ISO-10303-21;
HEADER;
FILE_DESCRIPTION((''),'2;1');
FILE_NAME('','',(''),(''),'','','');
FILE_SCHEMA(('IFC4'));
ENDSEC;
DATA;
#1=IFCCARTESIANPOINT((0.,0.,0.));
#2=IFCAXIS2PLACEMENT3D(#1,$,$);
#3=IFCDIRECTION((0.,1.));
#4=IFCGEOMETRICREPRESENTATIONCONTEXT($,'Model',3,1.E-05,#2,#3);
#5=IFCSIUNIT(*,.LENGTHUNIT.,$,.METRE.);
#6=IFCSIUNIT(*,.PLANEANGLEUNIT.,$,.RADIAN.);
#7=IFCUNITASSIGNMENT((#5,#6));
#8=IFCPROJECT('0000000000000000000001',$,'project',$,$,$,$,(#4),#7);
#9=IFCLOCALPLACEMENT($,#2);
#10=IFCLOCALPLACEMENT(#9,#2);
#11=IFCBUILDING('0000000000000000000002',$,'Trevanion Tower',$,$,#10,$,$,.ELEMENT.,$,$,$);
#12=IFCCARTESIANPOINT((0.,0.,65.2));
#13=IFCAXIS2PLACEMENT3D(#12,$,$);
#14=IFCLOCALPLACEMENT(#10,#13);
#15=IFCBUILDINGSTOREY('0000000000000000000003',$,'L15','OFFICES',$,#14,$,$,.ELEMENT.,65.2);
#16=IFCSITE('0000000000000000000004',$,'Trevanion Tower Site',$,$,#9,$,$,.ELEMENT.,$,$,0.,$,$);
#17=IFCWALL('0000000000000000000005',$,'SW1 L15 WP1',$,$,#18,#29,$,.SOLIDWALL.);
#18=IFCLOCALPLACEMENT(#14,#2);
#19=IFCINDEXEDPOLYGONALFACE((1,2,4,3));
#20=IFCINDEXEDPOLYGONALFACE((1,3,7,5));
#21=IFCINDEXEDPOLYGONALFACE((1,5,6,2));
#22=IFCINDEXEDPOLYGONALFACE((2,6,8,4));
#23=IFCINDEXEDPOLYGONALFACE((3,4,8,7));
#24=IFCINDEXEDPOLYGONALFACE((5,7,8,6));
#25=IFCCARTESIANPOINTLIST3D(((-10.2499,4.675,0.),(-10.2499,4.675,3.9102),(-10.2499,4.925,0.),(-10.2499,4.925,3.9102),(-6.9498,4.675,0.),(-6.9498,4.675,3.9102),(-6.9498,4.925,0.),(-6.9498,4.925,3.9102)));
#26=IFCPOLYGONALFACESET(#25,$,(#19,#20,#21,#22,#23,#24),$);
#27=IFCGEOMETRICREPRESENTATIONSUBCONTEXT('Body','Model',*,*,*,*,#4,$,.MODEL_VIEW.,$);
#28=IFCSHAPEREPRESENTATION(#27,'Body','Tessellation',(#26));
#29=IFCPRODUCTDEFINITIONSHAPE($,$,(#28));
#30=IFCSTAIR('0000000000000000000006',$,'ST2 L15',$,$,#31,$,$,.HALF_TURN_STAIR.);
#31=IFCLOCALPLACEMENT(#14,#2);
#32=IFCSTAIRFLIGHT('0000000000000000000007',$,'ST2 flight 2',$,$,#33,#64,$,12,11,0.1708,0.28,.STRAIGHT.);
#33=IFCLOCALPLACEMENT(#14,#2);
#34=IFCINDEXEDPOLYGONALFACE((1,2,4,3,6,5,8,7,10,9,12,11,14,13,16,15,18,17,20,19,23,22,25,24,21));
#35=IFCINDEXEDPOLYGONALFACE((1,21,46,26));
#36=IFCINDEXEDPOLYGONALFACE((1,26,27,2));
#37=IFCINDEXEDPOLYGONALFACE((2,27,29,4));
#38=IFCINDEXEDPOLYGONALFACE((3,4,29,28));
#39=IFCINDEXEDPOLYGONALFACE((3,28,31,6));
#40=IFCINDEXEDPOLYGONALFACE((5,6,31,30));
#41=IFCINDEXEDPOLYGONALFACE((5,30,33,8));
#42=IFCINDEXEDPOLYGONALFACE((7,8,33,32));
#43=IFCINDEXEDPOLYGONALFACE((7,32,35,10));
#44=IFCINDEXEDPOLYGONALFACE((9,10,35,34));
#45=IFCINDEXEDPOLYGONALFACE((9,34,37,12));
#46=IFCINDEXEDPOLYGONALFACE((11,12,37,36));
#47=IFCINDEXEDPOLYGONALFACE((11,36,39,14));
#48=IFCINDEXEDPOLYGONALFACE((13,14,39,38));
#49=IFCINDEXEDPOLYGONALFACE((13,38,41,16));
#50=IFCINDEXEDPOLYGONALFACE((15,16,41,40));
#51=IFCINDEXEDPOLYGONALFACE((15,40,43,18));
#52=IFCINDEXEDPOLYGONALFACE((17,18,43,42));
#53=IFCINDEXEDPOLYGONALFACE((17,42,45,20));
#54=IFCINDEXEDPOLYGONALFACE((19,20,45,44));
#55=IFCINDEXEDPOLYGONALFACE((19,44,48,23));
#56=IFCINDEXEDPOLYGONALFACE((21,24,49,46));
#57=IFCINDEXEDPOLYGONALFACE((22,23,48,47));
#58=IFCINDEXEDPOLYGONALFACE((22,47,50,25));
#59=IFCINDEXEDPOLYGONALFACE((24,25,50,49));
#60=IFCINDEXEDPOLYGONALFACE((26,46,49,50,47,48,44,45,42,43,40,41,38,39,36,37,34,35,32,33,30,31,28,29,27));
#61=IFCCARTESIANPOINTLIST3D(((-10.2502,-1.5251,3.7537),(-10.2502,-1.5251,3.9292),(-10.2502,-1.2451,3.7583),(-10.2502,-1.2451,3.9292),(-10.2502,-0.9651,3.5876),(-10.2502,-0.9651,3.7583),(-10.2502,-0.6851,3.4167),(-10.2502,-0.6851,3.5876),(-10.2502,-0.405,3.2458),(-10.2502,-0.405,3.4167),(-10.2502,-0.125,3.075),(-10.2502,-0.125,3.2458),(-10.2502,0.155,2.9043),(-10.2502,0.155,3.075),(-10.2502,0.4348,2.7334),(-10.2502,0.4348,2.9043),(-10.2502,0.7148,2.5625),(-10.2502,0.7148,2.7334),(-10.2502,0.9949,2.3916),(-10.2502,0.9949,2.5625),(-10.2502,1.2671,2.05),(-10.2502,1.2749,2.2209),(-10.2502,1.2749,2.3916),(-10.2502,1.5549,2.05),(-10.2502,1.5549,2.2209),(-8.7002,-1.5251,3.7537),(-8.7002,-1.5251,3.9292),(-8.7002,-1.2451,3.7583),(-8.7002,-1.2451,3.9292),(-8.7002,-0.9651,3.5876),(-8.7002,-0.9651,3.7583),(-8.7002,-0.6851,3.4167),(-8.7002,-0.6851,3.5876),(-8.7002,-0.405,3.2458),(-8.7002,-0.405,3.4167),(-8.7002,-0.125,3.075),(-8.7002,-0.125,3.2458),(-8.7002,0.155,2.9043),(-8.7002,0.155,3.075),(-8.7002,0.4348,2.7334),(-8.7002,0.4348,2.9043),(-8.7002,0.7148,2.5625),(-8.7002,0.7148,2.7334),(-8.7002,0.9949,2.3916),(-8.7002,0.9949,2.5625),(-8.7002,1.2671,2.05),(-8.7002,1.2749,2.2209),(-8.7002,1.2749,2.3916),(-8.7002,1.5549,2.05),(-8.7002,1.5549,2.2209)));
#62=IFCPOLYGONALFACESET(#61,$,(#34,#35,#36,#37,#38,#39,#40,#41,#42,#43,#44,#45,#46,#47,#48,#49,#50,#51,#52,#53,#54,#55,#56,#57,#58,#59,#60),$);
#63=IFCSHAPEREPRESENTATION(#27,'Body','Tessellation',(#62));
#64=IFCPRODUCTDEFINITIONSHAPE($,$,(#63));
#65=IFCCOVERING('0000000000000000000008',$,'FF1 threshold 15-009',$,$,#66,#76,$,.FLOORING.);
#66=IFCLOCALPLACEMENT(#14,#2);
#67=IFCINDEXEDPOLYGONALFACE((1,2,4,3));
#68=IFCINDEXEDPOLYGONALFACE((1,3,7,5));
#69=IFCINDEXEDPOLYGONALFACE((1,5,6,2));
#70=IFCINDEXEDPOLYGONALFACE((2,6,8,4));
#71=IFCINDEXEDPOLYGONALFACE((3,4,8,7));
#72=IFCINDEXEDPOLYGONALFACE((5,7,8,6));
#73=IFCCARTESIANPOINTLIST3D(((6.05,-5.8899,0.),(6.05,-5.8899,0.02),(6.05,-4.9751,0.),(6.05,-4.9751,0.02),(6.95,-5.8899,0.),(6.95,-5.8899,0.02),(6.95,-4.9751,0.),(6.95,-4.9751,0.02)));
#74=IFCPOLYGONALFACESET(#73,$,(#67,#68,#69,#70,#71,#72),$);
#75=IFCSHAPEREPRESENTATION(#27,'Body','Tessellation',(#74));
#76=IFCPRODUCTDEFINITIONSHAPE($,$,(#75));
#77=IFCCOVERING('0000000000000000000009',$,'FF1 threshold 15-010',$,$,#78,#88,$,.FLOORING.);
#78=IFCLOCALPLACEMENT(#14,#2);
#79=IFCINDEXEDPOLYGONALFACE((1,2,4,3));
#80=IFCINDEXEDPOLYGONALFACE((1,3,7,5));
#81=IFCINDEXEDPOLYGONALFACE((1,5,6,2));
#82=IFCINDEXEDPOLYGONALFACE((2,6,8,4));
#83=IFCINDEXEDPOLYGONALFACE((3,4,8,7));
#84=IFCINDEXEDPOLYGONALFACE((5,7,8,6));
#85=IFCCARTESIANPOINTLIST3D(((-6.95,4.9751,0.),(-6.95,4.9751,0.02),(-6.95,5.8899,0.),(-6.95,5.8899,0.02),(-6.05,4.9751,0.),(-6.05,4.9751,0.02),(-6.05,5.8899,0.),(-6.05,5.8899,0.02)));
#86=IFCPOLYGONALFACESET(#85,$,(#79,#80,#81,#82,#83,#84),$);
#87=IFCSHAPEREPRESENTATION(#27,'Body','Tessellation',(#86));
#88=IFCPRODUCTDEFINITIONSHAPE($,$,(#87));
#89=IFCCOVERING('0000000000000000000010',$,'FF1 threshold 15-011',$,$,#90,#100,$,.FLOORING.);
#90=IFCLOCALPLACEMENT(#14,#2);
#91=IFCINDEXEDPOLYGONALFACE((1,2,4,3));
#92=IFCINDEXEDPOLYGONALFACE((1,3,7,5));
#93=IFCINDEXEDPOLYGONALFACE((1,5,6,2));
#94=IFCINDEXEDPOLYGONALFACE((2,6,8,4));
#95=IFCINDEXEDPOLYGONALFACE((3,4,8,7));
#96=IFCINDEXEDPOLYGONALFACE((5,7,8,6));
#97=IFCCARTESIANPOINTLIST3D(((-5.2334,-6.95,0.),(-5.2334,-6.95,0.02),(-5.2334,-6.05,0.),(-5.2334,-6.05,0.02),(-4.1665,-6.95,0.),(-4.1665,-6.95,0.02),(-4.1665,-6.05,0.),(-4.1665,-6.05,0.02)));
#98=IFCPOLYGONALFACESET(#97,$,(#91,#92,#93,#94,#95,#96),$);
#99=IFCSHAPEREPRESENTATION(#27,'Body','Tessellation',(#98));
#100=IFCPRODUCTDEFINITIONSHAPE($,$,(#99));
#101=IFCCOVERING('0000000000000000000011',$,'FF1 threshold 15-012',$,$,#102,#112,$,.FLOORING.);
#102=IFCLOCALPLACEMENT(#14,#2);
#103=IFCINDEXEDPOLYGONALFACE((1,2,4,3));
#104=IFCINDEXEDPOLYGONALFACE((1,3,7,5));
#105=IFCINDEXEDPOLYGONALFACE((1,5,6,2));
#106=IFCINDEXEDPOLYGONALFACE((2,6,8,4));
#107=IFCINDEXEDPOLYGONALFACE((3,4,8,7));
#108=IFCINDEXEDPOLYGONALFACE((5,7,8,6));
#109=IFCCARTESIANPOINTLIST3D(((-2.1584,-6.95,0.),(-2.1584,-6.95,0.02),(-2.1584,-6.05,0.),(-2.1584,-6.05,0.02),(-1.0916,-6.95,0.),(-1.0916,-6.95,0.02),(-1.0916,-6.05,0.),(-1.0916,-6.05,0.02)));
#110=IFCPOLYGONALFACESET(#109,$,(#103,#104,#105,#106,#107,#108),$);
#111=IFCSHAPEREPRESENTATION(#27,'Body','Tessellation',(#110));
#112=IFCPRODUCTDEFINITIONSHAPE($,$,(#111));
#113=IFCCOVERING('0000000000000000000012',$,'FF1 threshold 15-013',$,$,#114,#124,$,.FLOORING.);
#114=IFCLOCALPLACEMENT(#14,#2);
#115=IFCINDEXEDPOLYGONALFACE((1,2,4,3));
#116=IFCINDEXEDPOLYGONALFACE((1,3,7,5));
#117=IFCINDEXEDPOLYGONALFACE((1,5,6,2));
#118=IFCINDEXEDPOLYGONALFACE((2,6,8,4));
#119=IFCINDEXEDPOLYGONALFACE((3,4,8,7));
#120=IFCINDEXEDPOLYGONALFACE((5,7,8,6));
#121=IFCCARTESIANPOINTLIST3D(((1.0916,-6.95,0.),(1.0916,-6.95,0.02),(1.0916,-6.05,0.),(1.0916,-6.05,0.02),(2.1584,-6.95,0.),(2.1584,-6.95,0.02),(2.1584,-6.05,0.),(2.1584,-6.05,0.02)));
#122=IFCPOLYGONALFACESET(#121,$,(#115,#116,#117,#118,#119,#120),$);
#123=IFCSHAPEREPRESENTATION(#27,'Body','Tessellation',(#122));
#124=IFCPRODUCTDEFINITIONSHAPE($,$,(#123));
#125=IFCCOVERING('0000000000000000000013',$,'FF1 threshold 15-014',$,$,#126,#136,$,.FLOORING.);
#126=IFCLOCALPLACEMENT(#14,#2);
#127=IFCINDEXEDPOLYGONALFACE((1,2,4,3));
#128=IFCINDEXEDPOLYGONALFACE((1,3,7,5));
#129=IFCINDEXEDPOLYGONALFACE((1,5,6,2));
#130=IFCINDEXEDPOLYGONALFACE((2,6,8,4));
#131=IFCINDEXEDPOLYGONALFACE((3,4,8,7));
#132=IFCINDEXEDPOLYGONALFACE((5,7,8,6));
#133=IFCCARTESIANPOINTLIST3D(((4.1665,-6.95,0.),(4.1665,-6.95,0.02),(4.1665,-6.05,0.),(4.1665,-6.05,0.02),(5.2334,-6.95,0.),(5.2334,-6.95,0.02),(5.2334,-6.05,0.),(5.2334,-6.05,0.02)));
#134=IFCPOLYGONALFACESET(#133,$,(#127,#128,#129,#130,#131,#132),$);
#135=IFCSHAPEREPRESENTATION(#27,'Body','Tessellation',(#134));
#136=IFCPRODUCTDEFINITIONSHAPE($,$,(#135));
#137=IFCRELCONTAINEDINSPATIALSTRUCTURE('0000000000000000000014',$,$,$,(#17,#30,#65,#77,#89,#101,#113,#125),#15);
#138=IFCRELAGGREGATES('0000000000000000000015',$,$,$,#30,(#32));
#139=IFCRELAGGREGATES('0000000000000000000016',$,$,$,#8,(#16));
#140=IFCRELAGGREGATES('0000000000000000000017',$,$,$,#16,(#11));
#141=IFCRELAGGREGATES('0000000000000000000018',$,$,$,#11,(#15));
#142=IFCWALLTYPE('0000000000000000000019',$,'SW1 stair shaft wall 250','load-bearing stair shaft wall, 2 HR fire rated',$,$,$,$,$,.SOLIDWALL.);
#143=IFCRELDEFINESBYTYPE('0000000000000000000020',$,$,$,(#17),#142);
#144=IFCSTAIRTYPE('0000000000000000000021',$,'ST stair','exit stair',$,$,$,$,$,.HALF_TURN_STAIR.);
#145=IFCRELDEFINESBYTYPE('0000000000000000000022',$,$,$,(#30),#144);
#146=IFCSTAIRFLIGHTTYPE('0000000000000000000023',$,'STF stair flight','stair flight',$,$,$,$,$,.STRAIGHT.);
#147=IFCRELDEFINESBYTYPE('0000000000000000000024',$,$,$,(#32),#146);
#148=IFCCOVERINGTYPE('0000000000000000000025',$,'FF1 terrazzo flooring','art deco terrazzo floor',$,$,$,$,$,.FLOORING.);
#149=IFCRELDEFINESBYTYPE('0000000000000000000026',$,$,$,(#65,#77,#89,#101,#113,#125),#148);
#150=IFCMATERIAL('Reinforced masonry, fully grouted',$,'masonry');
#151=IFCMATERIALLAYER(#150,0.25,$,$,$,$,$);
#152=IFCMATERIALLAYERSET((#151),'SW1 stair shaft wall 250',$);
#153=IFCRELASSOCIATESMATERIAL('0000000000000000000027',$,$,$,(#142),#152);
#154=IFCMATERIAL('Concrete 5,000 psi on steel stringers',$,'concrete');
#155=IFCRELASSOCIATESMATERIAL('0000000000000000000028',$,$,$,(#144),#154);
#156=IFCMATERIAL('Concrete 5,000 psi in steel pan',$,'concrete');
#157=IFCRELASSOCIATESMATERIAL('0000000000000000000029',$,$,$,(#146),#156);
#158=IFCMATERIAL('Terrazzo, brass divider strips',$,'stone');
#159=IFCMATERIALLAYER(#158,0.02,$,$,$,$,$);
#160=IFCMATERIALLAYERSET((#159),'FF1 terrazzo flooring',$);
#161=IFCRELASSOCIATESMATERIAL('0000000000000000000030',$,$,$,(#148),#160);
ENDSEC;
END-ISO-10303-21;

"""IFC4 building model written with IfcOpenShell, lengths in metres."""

from ifc_helpers import new_model, si_unit, direction, frame, frame_2d, origin, place, context, subcontext, project, spatial, polyline, rectangle, outline, extrude, material, layer, layer_set, type_object, element, aggregate, save


model = new_model("IFC4")

# Units and contexts
model_context = context("Model", 3, precision=1e-05, world=origin(), true_north=direction((0.0, 1.0)))
body_context = subcontext(model_context, "Body", "Model", "MODEL_VIEW")
ifc_project = project(units=[si_unit("LENGTHUNIT", "METRE"), si_unit("PLANEANGLEUNIT", "RADIAN")], contexts=[model_context])

# Site, building, storey
site_placement = place(None, origin())
site = spatial("IfcSite", under=ifc_project, at=site_placement, Name="Trevanion Tower Site", CompositionType="ELEMENT", RefElevation=0.0)
building_placement = place(site_placement, origin())
building = spatial("IfcBuilding", under=site, at=building_placement, Name="Trevanion Tower", CompositionType="ELEMENT")
storey_placement = place(building_placement, frame((0.0, 0.0, 65.2)))
storey = spatial("IfcBuildingStorey", under=building, at=storey_placement, Name="L15", Description="OFFICES", CompositionType="ELEMENT", Elevation=65.2)

# Wall
ifc_material_1 = material(Name="Reinforced masonry, fully grouted", Category="masonry")
ifc_layer_1 = layer(ifc_material_1, 0.25)
ifc_layer_set_1 = layer_set([ifc_layer_1], Name="SW1 stair shaft wall 250")
wall_type_1 = type_object("IfcWallType", Name="SW1 stair shaft wall 250", Description="load-bearing stair shaft wall, 2 HR fire rated", PredefinedType="SOLIDWALL", material=ifc_layer_set_1)
wall_1_placement = place(storey_placement, frame((-6.95, 4.8, 0.0), z_axis=(0.0, 0.0, 1.0), x_axis=(-1.0, 0.0, 0.0)))
element("IfcWall", 1, at=wall_1_placement, inside=storey, type_object=wall_type_1, Name="SW1 L15 WP1", PredefinedType="SOLIDWALL", context=body_context, shape_type="SweptSolid", body=[
    extrude(rectangle(XDim=3.3, YDim=0.25, at=frame_2d((1.6499, 0.0))), origin(), (0.0, 0.0, 1.0), 3.9102),
])

# Stair, stair flight
ifc_material_2 = material(Name="Concrete 5,000 psi on steel stringers", Category="concrete")
stair_type = type_object("IfcStairType", Name="ST stair", Description="exit stair", PredefinedType="HALF_TURN_STAIR", material=ifc_material_2)
stair_placement = place(storey_placement, origin())
stair = element("IfcStair", 2, at=stair_placement, inside=storey, type_object=stair_type, Name="ST2 L15", PredefinedType="HALF_TURN_STAIR")
ifc_material_3 = material(Name="Concrete 5,000 psi in steel pan", Category="concrete")
stair_flight_type = type_object("IfcStairFlightType", Name="STF stair flight", Description="stair flight", PredefinedType="STRAIGHT", material=ifc_material_3)
stair_flight_placement = place(storey_placement, frame((-9.4751, 1.5549, 2.05), z_axis=(0.0, 0.0, 1.0), x_axis=(0.0, -1.0, 0.0)))
stair_flight = element("IfcStairFlight", 3, at=stair_flight_placement, type_object=stair_flight_type, Name="ST2 flight 2", NumberOfRisers=12, NumberOfTreads=11, PredefinedType="STRAIGHT", RiserHeight=0.1708, TreadLength=0.28, context=body_context, shape_type="SweptSolid", body=[
    extrude(outline(polyline([(0.0, 0.0), (0.0, 0.1709), (0.28, 0.1709), (0.28, 0.3416), (0.5601, 0.3416), (0.5601, 0.5125), (0.8401, 0.5125), (0.8401, 0.6833), (1.1201, 0.6833), (1.1201, 0.8542), (1.3999, 0.8542), (1.3999, 1.0249), (1.6799, 1.0249), (1.6799, 1.1958), (1.96, 1.1958), (1.96, 1.3667), (2.24, 1.3667), (2.24, 1.5376), (2.52, 1.5376), (2.52, 1.7083), (2.8, 1.7083), (2.8, 1.8792), (3.0801, 1.8792), (3.0801, 2.05), (3.0801, 1.7036), (0.2878, 0.0), (0.0, 0.0)])), frame((0.0, 0.7749, 0.0), z_axis=(0.0, -1.0, 0.0), x_axis=(1.0, 0.0, 0.0)), (0.0, 0.0, 1.0), 1.55),
])
aggregate(stair, [stair_flight])

# Coverings
ifc_material_4 = material(Name="Terrazzo, brass divider strips", Category="stone")
ifc_layer_2 = layer(ifc_material_4, 0.02)
ifc_layer_set_2 = layer_set([ifc_layer_2], Name="FF1 terrazzo flooring")
covering_type = type_object("IfcCoveringType", Name="FF1 terrazzo flooring", Description="art deco terrazzo floor", PredefinedType="FLOORING", material=ifc_layer_set_2)
covering_1_placement = place(storey_placement, origin())
element("IfcCovering", 4, at=covering_1_placement, inside=storey, type_object=covering_type, Name="FF1 threshold 15-009", PredefinedType="FLOORING", context=body_context, shape_type="SweptSolid", body=[
    extrude(outline(polyline([(6.95, -5.8899), (6.95, -4.9751), (6.05, -4.9751), (6.05, -5.8899), (6.95, -5.8899)])), origin(), (0.0, 0.0, 1.0), 0.02),
])
covering_2_placement = place(storey_placement, origin())
element("IfcCovering", 5, at=covering_2_placement, inside=storey, type_object=covering_type, Name="FF1 threshold 15-010", PredefinedType="FLOORING", context=body_context, shape_type="SweptSolid", body=[
    extrude(outline(polyline([(-6.95, 5.8899), (-6.95, 4.9751), (-6.05, 4.9751), (-6.05, 5.8899), (-6.95, 5.8899)])), origin(), (0.0, 0.0, 1.0), 0.02),
])
covering_3_placement = place(storey_placement, origin())
element("IfcCovering", 6, at=covering_3_placement, inside=storey, type_object=covering_type, Name="FF1 threshold 15-011", PredefinedType="FLOORING", context=body_context, shape_type="SweptSolid", body=[
    extrude(outline(polyline([(-5.2334, -6.95), (-4.1665, -6.95), (-4.1665, -6.05), (-5.2334, -6.05), (-5.2334, -6.95)])), origin(), (0.0, 0.0, 1.0), 0.02),
])
covering_4_placement = place(storey_placement, origin())
element("IfcCovering", 7, at=covering_4_placement, inside=storey, type_object=covering_type, Name="FF1 threshold 15-012", PredefinedType="FLOORING", context=body_context, shape_type="SweptSolid", body=[
    extrude(outline(polyline([(-2.1584, -6.95), (-1.0916, -6.95), (-1.0916, -6.05), (-2.1584, -6.05), (-2.1584, -6.95)])), origin(), (0.0, 0.0, 1.0), 0.02),
])
covering_5_placement = place(storey_placement, origin())
element("IfcCovering", 8, at=covering_5_placement, inside=storey, type_object=covering_type, Name="FF1 threshold 15-013", PredefinedType="FLOORING", context=body_context, shape_type="SweptSolid", body=[
    extrude(outline(polyline([(1.0916, -6.95), (2.1584, -6.95), (2.1584, -6.05), (1.0916, -6.05), (1.0916, -6.95)])), origin(), (0.0, 0.0, 1.0), 0.02),
])
covering_6_placement = place(storey_placement, origin())
element("IfcCovering", 9, at=covering_6_placement, inside=storey, type_object=covering_type, Name="FF1 threshold 15-014", PredefinedType="FLOORING", context=body_context, shape_type="SweptSolid", body=[
    extrude(outline(polyline([(4.1665, -6.95), (5.2334, -6.95), (5.2334, -6.05), (4.1665, -6.05), (4.1665, -6.95)])), origin(), (0.0, 0.0, 1.0), 0.02),
])

save(model, "model.ifc")
